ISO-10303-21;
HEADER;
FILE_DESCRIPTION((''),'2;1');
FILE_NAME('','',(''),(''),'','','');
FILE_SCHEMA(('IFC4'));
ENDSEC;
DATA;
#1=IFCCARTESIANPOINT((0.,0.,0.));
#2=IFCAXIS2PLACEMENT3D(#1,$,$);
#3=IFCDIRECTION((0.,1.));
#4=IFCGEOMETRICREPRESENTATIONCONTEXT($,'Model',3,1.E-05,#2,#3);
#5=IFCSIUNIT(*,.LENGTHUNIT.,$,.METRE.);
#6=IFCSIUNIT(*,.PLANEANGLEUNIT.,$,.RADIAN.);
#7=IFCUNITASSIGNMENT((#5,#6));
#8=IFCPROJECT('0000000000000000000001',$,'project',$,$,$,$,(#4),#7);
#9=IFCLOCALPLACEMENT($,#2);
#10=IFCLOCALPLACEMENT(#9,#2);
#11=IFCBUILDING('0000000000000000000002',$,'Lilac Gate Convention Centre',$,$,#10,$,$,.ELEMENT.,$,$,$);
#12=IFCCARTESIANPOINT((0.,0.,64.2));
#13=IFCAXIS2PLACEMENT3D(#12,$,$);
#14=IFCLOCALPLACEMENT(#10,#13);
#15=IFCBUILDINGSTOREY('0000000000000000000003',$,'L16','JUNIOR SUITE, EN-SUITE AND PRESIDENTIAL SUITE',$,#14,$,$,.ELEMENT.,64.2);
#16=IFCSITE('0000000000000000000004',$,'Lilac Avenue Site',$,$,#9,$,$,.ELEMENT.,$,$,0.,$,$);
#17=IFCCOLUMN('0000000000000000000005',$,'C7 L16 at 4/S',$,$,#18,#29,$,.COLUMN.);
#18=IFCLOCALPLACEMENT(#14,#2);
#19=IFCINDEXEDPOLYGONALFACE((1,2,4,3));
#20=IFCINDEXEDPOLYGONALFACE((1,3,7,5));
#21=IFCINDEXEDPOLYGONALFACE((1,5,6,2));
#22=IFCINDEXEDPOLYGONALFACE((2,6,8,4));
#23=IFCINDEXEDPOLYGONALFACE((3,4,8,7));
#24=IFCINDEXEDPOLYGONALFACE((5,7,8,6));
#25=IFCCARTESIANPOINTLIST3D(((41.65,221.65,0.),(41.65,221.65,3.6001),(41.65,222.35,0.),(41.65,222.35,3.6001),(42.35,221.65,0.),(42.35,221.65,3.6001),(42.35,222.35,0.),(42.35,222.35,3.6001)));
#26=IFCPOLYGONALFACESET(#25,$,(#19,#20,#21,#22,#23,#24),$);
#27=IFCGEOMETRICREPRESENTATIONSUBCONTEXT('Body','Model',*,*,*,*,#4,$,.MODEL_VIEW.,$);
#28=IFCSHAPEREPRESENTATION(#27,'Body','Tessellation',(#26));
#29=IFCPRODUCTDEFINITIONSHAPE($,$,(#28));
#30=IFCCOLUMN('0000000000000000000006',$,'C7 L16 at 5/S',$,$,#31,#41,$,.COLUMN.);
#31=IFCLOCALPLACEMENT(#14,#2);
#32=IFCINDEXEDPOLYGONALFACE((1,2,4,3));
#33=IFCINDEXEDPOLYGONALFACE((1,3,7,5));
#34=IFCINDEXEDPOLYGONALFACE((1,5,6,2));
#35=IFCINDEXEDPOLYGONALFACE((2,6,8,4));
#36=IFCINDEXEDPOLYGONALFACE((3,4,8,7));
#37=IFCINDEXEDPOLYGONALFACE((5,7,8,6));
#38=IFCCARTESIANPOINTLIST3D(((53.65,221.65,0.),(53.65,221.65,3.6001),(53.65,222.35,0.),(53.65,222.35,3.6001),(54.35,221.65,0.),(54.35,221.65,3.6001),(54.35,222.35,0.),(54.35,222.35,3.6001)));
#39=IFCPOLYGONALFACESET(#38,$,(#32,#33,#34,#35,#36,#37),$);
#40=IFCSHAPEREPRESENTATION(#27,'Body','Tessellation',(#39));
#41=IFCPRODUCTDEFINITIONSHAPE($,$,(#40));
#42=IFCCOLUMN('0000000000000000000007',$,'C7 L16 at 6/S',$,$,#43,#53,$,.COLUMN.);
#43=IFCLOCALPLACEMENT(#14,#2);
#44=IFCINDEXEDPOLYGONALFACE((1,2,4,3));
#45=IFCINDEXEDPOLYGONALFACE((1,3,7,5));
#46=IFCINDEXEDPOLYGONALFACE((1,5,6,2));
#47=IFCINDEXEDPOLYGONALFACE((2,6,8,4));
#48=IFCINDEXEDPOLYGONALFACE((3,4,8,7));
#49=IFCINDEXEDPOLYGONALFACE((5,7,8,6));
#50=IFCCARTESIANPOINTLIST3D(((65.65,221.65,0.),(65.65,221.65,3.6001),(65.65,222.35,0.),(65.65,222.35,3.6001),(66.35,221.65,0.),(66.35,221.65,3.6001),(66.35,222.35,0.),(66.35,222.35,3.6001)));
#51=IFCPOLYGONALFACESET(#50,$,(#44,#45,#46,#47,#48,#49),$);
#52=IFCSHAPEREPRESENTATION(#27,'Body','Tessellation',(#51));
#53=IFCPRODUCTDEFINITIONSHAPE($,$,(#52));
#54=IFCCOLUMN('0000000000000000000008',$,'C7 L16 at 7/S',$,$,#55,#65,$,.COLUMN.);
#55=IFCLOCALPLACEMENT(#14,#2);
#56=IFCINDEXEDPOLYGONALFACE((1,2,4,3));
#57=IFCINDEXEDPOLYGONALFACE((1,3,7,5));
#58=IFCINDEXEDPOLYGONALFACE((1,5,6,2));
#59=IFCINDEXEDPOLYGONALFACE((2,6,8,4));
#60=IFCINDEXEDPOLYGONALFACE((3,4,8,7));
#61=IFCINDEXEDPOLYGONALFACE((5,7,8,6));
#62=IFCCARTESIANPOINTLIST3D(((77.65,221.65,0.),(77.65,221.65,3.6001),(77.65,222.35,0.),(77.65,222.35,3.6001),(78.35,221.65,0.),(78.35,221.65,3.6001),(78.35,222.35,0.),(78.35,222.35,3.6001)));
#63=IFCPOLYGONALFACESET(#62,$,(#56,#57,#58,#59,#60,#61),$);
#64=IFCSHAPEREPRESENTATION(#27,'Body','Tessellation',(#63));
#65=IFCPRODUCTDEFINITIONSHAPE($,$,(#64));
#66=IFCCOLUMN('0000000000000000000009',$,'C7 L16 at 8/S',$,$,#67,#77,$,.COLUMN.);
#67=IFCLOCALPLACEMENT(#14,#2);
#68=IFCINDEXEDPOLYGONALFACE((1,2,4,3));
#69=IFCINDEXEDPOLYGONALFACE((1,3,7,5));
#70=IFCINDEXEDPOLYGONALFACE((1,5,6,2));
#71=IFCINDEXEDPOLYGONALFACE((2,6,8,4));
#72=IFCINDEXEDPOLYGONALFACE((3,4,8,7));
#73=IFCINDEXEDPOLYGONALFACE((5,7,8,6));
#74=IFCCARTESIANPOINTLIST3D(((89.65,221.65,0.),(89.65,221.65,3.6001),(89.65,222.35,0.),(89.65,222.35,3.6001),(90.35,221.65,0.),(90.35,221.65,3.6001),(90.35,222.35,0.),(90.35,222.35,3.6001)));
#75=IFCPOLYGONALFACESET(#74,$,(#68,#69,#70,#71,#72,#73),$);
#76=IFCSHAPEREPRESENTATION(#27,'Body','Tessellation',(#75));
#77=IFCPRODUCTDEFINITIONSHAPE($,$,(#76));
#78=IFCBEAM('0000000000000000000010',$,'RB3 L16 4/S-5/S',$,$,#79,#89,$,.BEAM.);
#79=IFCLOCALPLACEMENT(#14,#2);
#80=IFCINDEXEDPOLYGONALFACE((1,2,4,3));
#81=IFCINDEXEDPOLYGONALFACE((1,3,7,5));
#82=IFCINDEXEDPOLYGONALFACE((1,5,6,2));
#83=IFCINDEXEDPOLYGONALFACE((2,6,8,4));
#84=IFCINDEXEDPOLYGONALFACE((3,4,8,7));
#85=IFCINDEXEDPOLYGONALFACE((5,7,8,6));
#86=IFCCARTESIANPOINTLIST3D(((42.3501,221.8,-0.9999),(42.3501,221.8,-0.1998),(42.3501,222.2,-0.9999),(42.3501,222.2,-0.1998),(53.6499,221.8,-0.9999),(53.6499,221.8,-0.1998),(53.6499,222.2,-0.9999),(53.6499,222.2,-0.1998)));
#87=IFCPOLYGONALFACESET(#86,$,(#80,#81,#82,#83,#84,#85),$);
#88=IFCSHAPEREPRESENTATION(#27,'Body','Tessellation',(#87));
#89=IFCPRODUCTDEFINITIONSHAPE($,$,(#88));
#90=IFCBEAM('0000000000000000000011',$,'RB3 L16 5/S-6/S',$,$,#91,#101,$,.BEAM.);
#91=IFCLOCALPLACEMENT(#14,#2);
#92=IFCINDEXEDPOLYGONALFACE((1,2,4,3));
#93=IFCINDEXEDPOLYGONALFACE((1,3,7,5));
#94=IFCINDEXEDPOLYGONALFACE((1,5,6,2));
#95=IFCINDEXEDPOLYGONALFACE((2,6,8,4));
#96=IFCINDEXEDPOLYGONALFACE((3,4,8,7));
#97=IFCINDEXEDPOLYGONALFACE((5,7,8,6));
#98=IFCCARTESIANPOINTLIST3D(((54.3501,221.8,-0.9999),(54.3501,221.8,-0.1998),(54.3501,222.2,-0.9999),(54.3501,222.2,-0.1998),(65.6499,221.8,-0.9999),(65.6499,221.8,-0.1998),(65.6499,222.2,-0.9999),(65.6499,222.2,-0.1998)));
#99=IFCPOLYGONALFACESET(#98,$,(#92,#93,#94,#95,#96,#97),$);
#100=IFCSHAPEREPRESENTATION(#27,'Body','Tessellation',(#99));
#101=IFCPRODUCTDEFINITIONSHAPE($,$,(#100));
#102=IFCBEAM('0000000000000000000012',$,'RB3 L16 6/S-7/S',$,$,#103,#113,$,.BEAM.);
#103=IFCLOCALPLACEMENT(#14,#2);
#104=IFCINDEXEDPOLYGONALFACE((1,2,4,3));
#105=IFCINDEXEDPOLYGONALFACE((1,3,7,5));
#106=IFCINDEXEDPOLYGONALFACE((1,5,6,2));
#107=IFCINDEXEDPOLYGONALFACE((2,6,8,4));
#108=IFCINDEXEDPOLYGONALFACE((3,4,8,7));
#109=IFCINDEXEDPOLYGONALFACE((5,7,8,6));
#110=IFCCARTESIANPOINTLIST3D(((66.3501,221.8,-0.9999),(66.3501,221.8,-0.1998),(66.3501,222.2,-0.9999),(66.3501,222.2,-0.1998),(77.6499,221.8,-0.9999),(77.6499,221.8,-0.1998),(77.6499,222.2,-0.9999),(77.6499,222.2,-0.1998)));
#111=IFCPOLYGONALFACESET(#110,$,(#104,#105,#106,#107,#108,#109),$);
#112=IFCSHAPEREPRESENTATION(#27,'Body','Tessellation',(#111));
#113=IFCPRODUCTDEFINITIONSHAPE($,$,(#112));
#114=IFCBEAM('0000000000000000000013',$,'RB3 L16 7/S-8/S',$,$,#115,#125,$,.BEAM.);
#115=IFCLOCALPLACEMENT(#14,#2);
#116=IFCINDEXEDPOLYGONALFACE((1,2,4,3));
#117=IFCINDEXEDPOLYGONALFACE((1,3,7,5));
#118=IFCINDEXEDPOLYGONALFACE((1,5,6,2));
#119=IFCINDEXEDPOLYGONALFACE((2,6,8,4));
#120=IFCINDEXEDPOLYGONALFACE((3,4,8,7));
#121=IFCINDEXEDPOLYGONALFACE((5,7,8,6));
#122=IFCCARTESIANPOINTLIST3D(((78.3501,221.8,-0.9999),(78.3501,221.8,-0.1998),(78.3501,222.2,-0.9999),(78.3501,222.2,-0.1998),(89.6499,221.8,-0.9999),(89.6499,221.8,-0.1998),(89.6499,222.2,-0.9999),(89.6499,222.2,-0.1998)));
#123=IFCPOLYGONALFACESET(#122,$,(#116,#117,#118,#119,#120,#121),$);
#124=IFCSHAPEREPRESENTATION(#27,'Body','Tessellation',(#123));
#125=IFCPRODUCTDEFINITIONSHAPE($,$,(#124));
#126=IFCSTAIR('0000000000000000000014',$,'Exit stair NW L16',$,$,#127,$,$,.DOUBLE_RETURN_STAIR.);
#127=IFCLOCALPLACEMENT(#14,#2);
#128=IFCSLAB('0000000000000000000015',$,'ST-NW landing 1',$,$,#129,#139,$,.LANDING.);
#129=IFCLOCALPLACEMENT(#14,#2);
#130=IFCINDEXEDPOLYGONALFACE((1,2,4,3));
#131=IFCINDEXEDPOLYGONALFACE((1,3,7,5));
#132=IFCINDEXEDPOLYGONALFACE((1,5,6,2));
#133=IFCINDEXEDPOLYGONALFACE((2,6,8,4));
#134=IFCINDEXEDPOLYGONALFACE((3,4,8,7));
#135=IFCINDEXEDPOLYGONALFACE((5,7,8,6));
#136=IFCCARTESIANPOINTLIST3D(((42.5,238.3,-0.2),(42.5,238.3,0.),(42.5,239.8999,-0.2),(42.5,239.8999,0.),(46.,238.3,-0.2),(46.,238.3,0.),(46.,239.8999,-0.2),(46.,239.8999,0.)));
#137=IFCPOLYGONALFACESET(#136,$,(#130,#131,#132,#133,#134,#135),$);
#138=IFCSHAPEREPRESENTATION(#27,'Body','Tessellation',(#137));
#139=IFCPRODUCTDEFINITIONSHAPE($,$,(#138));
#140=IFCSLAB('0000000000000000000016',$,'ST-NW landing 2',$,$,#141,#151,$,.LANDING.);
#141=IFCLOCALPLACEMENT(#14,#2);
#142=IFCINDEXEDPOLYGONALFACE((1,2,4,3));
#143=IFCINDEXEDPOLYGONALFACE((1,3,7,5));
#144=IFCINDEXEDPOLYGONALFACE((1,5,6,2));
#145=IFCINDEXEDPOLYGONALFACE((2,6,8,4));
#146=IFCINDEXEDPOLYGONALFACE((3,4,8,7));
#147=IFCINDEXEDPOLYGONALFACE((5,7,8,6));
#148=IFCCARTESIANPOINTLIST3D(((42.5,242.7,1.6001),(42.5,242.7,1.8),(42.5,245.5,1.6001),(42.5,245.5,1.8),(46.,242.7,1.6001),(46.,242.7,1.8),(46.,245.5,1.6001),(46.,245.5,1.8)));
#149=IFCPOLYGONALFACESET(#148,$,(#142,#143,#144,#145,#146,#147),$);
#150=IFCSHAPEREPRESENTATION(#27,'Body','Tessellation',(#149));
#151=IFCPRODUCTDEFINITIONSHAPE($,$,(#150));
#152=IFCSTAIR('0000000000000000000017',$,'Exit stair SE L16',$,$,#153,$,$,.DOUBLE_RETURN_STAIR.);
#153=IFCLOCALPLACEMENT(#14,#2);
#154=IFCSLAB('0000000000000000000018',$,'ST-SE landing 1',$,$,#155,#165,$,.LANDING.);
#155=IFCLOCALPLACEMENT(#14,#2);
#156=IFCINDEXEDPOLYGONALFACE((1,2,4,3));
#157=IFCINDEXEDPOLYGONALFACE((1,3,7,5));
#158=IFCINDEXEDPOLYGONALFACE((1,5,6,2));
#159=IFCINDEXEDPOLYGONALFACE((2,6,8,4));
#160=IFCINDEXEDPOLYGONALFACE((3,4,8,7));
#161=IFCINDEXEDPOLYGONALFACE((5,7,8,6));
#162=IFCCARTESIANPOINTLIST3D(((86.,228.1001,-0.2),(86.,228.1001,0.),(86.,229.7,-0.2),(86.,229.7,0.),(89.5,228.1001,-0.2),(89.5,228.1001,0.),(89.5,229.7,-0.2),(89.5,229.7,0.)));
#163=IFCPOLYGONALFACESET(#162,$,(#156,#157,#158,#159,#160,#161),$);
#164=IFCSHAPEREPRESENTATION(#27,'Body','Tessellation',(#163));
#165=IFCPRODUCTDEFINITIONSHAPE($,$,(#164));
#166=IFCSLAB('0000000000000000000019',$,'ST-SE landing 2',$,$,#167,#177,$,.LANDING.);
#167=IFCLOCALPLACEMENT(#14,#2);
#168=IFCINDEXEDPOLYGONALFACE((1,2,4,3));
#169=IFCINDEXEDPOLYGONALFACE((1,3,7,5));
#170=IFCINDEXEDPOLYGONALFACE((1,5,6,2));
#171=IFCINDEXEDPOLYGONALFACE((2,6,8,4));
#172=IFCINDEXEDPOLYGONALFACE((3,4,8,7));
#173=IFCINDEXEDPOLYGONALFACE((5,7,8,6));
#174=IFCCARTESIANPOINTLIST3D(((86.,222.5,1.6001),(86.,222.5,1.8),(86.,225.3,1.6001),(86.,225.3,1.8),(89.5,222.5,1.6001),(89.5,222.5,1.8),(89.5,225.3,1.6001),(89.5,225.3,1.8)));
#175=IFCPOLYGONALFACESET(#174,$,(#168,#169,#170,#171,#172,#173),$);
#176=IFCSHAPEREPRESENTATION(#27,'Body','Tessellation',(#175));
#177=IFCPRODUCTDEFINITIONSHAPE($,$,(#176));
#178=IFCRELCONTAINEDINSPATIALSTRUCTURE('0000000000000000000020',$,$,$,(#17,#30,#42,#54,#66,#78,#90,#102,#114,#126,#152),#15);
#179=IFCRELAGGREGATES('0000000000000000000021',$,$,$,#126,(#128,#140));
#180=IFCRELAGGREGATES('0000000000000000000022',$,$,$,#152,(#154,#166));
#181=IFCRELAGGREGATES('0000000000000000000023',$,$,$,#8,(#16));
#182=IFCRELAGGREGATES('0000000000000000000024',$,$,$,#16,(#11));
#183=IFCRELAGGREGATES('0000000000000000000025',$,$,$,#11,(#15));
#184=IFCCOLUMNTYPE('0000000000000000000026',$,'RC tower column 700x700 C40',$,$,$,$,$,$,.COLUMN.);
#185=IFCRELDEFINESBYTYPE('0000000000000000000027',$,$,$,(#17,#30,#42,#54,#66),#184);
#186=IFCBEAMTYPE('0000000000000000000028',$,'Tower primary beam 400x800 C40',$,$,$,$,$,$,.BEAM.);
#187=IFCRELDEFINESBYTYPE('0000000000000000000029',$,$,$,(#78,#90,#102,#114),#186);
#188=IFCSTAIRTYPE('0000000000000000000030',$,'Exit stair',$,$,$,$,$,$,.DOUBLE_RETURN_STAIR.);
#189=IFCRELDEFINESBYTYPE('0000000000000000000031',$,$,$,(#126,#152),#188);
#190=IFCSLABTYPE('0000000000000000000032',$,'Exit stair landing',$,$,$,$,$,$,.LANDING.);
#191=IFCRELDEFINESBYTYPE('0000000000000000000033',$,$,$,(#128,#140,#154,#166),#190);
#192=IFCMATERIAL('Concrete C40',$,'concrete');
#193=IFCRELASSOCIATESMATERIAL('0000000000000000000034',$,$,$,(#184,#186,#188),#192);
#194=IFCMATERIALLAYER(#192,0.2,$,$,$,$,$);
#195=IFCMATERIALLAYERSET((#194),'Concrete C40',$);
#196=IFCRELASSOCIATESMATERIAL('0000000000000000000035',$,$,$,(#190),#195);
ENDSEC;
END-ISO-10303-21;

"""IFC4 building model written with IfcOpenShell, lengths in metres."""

from ifc_helpers import new_model, si_unit, direction, frame, origin, origin_2d, place, context, subcontext, project, spatial, polyline, rectangle, outline, extrude, material, layer, layer_set, material_profile, profile_set, type_object, element, aggregate, save


model = new_model("IFC4")

# Units and contexts
model_context = context("Model", 3, precision=1e-05, world=origin(), true_north=direction((0.0, 1.0)))
body_context = subcontext(model_context, "Body", "Model", "MODEL_VIEW")
ifc_project = project(units=[si_unit("LENGTHUNIT", "METRE"), si_unit("PLANEANGLEUNIT", "RADIAN")], contexts=[model_context])

# Site, building, storey
site_placement = place(None, origin())
site = spatial("IfcSite", under=ifc_project, at=site_placement, Name="Lilac Avenue Site", CompositionType="ELEMENT", RefElevation=0.0)
building_placement = place(site_placement, origin())
building = spatial("IfcBuilding", under=site, at=building_placement, Name="Lilac Gate Convention Centre", CompositionType="ELEMENT")
storey_placement = place(building_placement, frame((0.0, 0.0, 64.2)))
storey = spatial("IfcBuildingStorey", under=building, at=storey_placement, Name="L16", Description="JUNIOR SUITE, EN-SUITE AND PRESIDENTIAL SUITE", CompositionType="ELEMENT", Elevation=64.2)

# Columns
ifc_material_1 = material(Name="Concrete C40", Category="concrete")
ifc_material_profile_1 = material_profile(ifc_material_1, rectangle(XDim=0.7, YDim=0.7, at=origin_2d()), Name="RC 700x700")
ifc_profile_set_1 = profile_set([ifc_material_profile_1], Name="Concrete C40")
column_type = type_object("IfcColumnType", Name="RC tower column 700x700 C40", PredefinedType="COLUMN", material=ifc_profile_set_1)
for number, where, z_axis, x_axis, name in (
    (1, (42.0, 222.0, 0.0), (0.0, 0.0, 1.0), (1.0, 0.0, 0.0), "C7 L16 at 4/S"),
    (2, (54.0, 222.0, 0.0), (0.0, 0.0, 1.0), (1.0, 0.0, 0.0), "C7 L16 at 5/S"),
    (3, (66.0, 222.0, 0.0), (0.0, 0.0, 1.0), (1.0, 0.0, 0.0), "C7 L16 at 6/S"),
    (4, (78.0, 222.0, 0.0), (0.0, 0.0, 1.0), (1.0, 0.0, 0.0), "C7 L16 at 7/S"),
    (5, (90.0, 222.0, 0.0), (0.0, 0.0, 1.0), (1.0, 0.0, 0.0), "C7 L16 at 8/S"),
):
    element("IfcColumn", number, at=place(storey_placement, frame(where, z_axis=z_axis, x_axis=x_axis)), inside=storey, type_object=column_type, Name=name, PredefinedType="COLUMN", context=body_context, shape_type="SweptSolid", body=[
        extrude(rectangle(XDim=0.7, YDim=0.7, at=origin_2d()), origin(), (0.0, 0.0, 1.0), 3.6001),
    ])

# Beams
ifc_material_profile_2 = material_profile(ifc_material_1, rectangle(XDim=0.3999, YDim=0.8, at=origin_2d()), Name="RC 400x800")
ifc_profile_set_2 = profile_set([ifc_material_profile_2], Name="Concrete C40")
beam_type = type_object("IfcBeamType", Name="Tower primary beam 400x800 C40", PredefinedType="BEAM", material=ifc_profile_set_2)
for number, where, z_axis, x_axis, name in (
    (6, (42.3501, 222.0, -0.5999), (1.0, 0.0, 0.0), (0.0, 1.0, 0.0), "RB3 L16 4/S-5/S"),
    (7, (54.3501, 222.0, -0.5999), (1.0, 0.0, 0.0), (0.0, 1.0, 0.0), "RB3 L16 5/S-6/S"),
    (8, (66.3501, 222.0, -0.5999), (1.0, 0.0, 0.0), (0.0, 1.0, 0.0), "RB3 L16 6/S-7/S"),
    (9, (78.3501, 222.0, -0.5999), (1.0, 0.0, 0.0), (0.0, 1.0, 0.0), "RB3 L16 7/S-8/S"),
):
    element("IfcBeam", number, at=place(storey_placement, frame(where, z_axis=z_axis, x_axis=x_axis)), inside=storey, type_object=beam_type, Name=name, PredefinedType="BEAM", context=body_context, shape_type="SweptSolid", body=[
        extrude(rectangle(XDim=0.3999, YDim=0.8, at=origin_2d()), origin(), (0.0, 0.0, 1.0), 11.2998),
    ])

# Stairs, slabs
stair_type = type_object("IfcStairType", Name="Exit stair", PredefinedType="DOUBLE_RETURN_STAIR", material=ifc_material_1)
stair_1_placement = place(storey_placement, origin())
stair_1 = element("IfcStair", 10, at=stair_1_placement, inside=storey, type_object=stair_type, Name="Exit stair NW L16", PredefinedType="DOUBLE_RETURN_STAIR")
ifc_layer_1 = layer(ifc_material_1, 0.2)
ifc_layer_set_1 = layer_set([ifc_layer_1], Name="Concrete C40")
slab_type_1 = type_object("IfcSlabType", Name="Exit stair landing", PredefinedType="LANDING", material=ifc_layer_set_1)
slab_1_placement = place(storey_placement, frame((0.0, 0.0, -0.2)))
slab_1 = element("IfcSlab", 11, at=slab_1_placement, type_object=slab_type_1, Name="ST-NW landing 1", PredefinedType="LANDING", context=body_context, shape_type="SweptSolid", body=[
    extrude(outline(polyline([(42.5, 238.3), (46.0, 238.3), (46.0, 239.8999), (42.5, 239.8999), (42.5, 238.3)])), origin(), (0.0, 0.0, 1.0), 0.2),
])
slab_2_placement = place(storey_placement, frame((0.0, 0.0, 1.6001)))
slab_2 = element("IfcSlab", 12, at=slab_2_placement, type_object=slab_type_1, Name="ST-NW landing 2", PredefinedType="LANDING", context=body_context, shape_type="SweptSolid", body=[
    extrude(outline(polyline([(42.5, 242.7), (46.0, 242.7), (46.0, 245.5), (42.5, 245.5), (42.5, 242.7)])), origin(), (0.0, 0.0, 1.0), 0.2),
])
aggregate(stair_1, [slab_1, slab_2])
stair_2_placement = place(storey_placement, origin())
stair_2 = element("IfcStair", 13, at=stair_2_placement, inside=storey, type_object=stair_type, Name="Exit stair SE L16", PredefinedType="DOUBLE_RETURN_STAIR")
slab_3_placement = place(storey_placement, frame((0.0, 0.0, -0.2)))
slab_3 = element("IfcSlab", 14, at=slab_3_placement, type_object=slab_type_1, Name="ST-SE landing 1", PredefinedType="LANDING", context=body_context, shape_type="SweptSolid", body=[
    extrude(outline(polyline([(86.0, 228.1001), (89.5, 228.1001), (89.5, 229.7), (86.0, 229.7), (86.0, 228.1001)])), origin(), (0.0, 0.0, 1.0), 0.2),
])
slab_4_placement = place(storey_placement, frame((0.0, 0.0, 1.6001)))
slab_4 = element("IfcSlab", 15, at=slab_4_placement, type_object=slab_type_1, Name="ST-SE landing 2", PredefinedType="LANDING", context=body_context, shape_type="SweptSolid", body=[
    extrude(outline(polyline([(86.0, 222.5), (89.5, 222.5), (89.5, 225.3), (86.0, 225.3), (86.0, 222.5)])), origin(), (0.0, 0.0, 1.0), 0.2),
])
aggregate(stair_2, [slab_3, slab_4])

save(model, "model.ifc")
